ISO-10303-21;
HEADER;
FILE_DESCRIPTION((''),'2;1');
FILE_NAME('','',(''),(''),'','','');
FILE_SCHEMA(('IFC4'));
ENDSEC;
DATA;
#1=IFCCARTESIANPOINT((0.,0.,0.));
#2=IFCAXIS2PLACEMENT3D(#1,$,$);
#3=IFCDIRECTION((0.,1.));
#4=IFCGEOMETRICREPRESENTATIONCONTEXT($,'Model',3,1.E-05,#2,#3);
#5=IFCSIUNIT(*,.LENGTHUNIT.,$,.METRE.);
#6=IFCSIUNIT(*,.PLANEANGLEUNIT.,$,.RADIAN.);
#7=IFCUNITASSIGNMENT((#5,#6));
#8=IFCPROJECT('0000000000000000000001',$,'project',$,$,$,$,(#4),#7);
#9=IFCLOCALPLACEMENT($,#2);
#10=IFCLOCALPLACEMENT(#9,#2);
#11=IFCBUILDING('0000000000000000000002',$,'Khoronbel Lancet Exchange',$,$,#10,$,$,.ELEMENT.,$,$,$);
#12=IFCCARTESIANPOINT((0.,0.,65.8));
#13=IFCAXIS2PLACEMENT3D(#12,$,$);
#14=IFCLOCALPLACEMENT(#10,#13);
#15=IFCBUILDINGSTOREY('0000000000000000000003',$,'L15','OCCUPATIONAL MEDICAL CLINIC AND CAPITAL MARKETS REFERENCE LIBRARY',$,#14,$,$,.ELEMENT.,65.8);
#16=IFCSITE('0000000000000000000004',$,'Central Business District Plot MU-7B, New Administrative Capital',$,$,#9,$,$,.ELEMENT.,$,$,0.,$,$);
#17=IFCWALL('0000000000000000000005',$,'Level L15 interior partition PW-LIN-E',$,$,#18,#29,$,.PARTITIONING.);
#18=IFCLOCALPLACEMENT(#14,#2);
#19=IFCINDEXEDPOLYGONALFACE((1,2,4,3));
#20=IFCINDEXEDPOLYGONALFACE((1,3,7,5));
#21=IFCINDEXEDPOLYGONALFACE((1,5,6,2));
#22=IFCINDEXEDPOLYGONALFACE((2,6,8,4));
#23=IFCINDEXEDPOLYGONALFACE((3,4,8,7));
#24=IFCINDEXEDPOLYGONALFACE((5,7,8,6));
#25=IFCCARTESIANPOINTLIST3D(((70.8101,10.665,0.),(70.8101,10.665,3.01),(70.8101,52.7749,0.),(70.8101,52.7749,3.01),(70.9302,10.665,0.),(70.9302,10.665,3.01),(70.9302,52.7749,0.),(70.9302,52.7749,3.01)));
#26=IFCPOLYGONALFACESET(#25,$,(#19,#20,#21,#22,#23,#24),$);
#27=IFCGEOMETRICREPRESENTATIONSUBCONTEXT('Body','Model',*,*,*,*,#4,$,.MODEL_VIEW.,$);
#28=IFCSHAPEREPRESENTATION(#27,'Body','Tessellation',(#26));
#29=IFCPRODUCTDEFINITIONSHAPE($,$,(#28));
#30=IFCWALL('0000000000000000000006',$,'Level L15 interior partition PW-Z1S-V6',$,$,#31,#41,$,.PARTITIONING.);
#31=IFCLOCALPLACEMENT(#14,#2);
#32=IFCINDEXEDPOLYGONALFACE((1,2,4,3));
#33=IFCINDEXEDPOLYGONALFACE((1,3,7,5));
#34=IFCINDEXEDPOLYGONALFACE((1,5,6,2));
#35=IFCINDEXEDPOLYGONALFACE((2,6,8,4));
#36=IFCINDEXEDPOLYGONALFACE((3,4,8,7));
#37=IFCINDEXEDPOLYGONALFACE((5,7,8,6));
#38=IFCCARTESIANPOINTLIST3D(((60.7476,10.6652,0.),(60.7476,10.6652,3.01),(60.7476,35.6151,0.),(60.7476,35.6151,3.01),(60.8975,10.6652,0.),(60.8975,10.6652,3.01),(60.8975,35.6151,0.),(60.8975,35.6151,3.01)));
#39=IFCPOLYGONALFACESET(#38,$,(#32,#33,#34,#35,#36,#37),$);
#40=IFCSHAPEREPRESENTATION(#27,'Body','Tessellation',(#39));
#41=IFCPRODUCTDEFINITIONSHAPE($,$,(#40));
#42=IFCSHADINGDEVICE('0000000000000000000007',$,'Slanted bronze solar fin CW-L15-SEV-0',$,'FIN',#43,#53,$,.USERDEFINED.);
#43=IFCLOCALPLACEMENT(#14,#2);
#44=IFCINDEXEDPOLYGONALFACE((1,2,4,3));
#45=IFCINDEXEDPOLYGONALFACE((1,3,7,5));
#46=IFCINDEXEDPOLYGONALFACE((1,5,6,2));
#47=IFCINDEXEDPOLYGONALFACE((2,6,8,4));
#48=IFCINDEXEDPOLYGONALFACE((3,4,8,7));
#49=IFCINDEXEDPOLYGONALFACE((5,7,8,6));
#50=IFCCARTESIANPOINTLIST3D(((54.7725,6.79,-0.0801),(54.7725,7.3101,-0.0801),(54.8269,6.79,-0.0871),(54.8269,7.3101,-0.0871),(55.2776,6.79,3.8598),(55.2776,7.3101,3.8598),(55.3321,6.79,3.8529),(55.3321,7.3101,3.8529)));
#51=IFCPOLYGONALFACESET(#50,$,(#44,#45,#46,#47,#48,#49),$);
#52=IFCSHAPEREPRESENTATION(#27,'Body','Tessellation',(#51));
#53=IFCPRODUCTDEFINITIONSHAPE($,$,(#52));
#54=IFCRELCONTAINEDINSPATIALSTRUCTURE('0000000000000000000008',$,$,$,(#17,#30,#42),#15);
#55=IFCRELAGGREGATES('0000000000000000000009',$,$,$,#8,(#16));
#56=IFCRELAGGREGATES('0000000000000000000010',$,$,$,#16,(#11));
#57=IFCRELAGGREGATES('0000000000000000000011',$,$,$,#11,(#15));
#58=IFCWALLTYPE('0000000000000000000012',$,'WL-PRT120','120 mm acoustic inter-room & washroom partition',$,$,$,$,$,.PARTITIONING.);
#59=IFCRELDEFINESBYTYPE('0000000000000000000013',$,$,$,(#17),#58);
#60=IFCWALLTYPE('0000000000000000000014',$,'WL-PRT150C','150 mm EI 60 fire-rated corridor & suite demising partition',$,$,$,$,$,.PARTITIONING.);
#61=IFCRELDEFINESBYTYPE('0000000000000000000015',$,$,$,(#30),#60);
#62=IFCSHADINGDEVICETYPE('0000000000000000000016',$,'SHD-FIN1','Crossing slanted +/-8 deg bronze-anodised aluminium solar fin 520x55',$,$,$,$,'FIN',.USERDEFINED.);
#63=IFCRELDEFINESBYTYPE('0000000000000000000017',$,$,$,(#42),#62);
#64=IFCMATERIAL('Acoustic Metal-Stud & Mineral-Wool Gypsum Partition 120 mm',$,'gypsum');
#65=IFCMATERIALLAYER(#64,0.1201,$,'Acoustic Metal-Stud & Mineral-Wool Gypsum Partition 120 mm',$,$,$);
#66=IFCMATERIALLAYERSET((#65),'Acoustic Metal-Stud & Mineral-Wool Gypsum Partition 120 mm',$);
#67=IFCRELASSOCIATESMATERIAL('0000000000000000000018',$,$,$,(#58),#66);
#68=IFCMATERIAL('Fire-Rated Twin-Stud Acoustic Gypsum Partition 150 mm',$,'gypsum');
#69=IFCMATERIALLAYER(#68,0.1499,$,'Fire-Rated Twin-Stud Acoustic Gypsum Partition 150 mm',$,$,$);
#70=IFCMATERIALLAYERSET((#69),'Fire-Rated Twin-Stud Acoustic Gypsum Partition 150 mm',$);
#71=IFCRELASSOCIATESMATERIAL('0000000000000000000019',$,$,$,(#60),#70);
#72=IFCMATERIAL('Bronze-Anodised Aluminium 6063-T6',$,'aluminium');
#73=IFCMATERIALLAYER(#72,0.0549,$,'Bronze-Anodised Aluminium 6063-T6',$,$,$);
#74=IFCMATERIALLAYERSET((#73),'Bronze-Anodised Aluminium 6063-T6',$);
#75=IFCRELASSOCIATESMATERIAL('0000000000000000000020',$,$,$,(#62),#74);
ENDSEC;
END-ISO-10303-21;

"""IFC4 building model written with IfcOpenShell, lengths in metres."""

from ifc_helpers import new_model, si_unit, direction, frame, frame_2d, origin, place, context, subcontext, project, spatial, polyline, rectangle, outline, extrude, material, layer, layer_set, type_object, element, save


model = new_model("IFC4")

# Units and contexts
model_context = context("Model", 3, precision=1e-05, world=origin(), true_north=direction((0.0, 1.0)))
body_context = subcontext(model_context, "Body", "Model", "MODEL_VIEW")
ifc_project = project(units=[si_unit("LENGTHUNIT", "METRE"), si_unit("PLANEANGLEUNIT", "RADIAN")], contexts=[model_context])

# Site, building, storey
site_placement = place(None, origin())
site = spatial("IfcSite", under=ifc_project, at=site_placement, Name="Central Business District Plot MU-7B, New Administrative Capital", CompositionType="ELEMENT", RefElevation=0.0)
building_placement = place(site_placement, origin())
building = spatial("IfcBuilding", under=site, at=building_placement, Name="Khoronbel Lancet Exchange", CompositionType="ELEMENT")
storey_placement = place(building_placement, frame((0.0, 0.0, 65.8)))
storey = spatial("IfcBuildingStorey", under=building, at=storey_placement, Name="L15", Description="OCCUPATIONAL MEDICAL CLINIC AND CAPITAL MARKETS REFERENCE LIBRARY", CompositionType="ELEMENT", Elevation=65.8)

# Shared definitions
ifc_material_1 = material(Name="Bronze-Anodised Aluminium 6063-T6", Category="aluminium")

# Walls
ifc_material_2 = material(Name="Acoustic Metal-Stud & Mineral-Wool Gypsum Partition 120 mm", Category="gypsum")
ifc_layer_1 = layer(ifc_material_2, 0.1201, Name="Acoustic Metal-Stud & Mineral-Wool Gypsum Partition 120 mm")
ifc_layer_set_1 = layer_set([ifc_layer_1], Name="Acoustic Metal-Stud & Mineral-Wool Gypsum Partition 120 mm")
wall_type_1 = type_object("IfcWallType", Name="WL-PRT120", Description="120 mm acoustic inter-room & washroom partition", PredefinedType="PARTITIONING", material=ifc_layer_set_1)
wall_1_placement = place(storey_placement, frame((70.8701, 10.665, 0.0), z_axis=(0.0, 0.0, 1.0), x_axis=(0.0, 1.0, 0.0)))
element("IfcWall", 1, at=wall_1_placement, inside=storey, type_object=wall_type_1, Name="Level L15 interior partition PW-LIN-E", PredefinedType="PARTITIONING", context=body_context, shape_type="SweptSolid", body=[
    extrude(rectangle(XDim=42.1099, YDim=0.1201, at=frame_2d((21.0549, 0.0))), origin(), (0.0, 0.0, 1.0), 3.01),
])
ifc_material_3 = material(Name="Fire-Rated Twin-Stud Acoustic Gypsum Partition 150 mm", Category="gypsum")
ifc_layer_2 = layer(ifc_material_3, 0.1499, Name="Fire-Rated Twin-Stud Acoustic Gypsum Partition 150 mm")
ifc_layer_set_2 = layer_set([ifc_layer_2], Name="Fire-Rated Twin-Stud Acoustic Gypsum Partition 150 mm")
wall_type_2 = type_object("IfcWallType", Name="WL-PRT150C", Description="150 mm EI 60 fire-rated corridor & suite demising partition", PredefinedType="PARTITIONING", material=ifc_layer_set_2)
wall_2_placement = place(storey_placement, frame((60.8225, 10.665, 0.0), z_axis=(0.0, 0.0, 1.0), x_axis=(0.0, 1.0, 0.0)))
element("IfcWall", 2, at=wall_2_placement, inside=storey, type_object=wall_type_2, Name="Level L15 interior partition PW-Z1S-V6", PredefinedType="PARTITIONING", context=body_context, shape_type="SweptSolid", body=[
    extrude(rectangle(XDim=24.95, YDim=0.1499, at=frame_2d((12.4751, 0.0))), origin(), (0.0, 0.0, 1.0), 3.01),
])

# Shading device
ifc_layer_3 = layer(ifc_material_1, 0.0549, Name="Bronze-Anodised Aluminium 6063-T6")
ifc_layer_set_3 = layer_set([ifc_layer_3], Name="Bronze-Anodised Aluminium 6063-T6")
shading_device_type = type_object("IfcShadingDeviceType", Name="SHD-FIN1", Description="Crossing slanted +/-8 deg bronze-anodised aluminium solar fin 520x55", ElementType="FIN", PredefinedType="USERDEFINED", material=ifc_layer_set_3)
shading_device_placement = place(storey_placement, frame((54.7725, 7.3101, -0.0801), z_axis=(-0.991881, 0.0, 0.127166), x_axis=(0.0, -1.0, 0.0)))
element("IfcShadingDevice", 3, at=shading_device_placement, inside=storey, type_object=shading_device_type, Name="Slanted bronze solar fin CW-L15-SEV-0", ObjectType="FIN", PredefinedType="USERDEFINED", context=body_context, shape_type="SweptSolid", body=[
    extrude(outline(polyline([(0.0, 0.0), (0.52, 0.0), (0.52, 3.9722), (0.0, 3.9722), (0.0, 0.0)])), origin(), (0.0, 0.0, -1.0), 0.0549),
])

save(model, "model.ifc")
